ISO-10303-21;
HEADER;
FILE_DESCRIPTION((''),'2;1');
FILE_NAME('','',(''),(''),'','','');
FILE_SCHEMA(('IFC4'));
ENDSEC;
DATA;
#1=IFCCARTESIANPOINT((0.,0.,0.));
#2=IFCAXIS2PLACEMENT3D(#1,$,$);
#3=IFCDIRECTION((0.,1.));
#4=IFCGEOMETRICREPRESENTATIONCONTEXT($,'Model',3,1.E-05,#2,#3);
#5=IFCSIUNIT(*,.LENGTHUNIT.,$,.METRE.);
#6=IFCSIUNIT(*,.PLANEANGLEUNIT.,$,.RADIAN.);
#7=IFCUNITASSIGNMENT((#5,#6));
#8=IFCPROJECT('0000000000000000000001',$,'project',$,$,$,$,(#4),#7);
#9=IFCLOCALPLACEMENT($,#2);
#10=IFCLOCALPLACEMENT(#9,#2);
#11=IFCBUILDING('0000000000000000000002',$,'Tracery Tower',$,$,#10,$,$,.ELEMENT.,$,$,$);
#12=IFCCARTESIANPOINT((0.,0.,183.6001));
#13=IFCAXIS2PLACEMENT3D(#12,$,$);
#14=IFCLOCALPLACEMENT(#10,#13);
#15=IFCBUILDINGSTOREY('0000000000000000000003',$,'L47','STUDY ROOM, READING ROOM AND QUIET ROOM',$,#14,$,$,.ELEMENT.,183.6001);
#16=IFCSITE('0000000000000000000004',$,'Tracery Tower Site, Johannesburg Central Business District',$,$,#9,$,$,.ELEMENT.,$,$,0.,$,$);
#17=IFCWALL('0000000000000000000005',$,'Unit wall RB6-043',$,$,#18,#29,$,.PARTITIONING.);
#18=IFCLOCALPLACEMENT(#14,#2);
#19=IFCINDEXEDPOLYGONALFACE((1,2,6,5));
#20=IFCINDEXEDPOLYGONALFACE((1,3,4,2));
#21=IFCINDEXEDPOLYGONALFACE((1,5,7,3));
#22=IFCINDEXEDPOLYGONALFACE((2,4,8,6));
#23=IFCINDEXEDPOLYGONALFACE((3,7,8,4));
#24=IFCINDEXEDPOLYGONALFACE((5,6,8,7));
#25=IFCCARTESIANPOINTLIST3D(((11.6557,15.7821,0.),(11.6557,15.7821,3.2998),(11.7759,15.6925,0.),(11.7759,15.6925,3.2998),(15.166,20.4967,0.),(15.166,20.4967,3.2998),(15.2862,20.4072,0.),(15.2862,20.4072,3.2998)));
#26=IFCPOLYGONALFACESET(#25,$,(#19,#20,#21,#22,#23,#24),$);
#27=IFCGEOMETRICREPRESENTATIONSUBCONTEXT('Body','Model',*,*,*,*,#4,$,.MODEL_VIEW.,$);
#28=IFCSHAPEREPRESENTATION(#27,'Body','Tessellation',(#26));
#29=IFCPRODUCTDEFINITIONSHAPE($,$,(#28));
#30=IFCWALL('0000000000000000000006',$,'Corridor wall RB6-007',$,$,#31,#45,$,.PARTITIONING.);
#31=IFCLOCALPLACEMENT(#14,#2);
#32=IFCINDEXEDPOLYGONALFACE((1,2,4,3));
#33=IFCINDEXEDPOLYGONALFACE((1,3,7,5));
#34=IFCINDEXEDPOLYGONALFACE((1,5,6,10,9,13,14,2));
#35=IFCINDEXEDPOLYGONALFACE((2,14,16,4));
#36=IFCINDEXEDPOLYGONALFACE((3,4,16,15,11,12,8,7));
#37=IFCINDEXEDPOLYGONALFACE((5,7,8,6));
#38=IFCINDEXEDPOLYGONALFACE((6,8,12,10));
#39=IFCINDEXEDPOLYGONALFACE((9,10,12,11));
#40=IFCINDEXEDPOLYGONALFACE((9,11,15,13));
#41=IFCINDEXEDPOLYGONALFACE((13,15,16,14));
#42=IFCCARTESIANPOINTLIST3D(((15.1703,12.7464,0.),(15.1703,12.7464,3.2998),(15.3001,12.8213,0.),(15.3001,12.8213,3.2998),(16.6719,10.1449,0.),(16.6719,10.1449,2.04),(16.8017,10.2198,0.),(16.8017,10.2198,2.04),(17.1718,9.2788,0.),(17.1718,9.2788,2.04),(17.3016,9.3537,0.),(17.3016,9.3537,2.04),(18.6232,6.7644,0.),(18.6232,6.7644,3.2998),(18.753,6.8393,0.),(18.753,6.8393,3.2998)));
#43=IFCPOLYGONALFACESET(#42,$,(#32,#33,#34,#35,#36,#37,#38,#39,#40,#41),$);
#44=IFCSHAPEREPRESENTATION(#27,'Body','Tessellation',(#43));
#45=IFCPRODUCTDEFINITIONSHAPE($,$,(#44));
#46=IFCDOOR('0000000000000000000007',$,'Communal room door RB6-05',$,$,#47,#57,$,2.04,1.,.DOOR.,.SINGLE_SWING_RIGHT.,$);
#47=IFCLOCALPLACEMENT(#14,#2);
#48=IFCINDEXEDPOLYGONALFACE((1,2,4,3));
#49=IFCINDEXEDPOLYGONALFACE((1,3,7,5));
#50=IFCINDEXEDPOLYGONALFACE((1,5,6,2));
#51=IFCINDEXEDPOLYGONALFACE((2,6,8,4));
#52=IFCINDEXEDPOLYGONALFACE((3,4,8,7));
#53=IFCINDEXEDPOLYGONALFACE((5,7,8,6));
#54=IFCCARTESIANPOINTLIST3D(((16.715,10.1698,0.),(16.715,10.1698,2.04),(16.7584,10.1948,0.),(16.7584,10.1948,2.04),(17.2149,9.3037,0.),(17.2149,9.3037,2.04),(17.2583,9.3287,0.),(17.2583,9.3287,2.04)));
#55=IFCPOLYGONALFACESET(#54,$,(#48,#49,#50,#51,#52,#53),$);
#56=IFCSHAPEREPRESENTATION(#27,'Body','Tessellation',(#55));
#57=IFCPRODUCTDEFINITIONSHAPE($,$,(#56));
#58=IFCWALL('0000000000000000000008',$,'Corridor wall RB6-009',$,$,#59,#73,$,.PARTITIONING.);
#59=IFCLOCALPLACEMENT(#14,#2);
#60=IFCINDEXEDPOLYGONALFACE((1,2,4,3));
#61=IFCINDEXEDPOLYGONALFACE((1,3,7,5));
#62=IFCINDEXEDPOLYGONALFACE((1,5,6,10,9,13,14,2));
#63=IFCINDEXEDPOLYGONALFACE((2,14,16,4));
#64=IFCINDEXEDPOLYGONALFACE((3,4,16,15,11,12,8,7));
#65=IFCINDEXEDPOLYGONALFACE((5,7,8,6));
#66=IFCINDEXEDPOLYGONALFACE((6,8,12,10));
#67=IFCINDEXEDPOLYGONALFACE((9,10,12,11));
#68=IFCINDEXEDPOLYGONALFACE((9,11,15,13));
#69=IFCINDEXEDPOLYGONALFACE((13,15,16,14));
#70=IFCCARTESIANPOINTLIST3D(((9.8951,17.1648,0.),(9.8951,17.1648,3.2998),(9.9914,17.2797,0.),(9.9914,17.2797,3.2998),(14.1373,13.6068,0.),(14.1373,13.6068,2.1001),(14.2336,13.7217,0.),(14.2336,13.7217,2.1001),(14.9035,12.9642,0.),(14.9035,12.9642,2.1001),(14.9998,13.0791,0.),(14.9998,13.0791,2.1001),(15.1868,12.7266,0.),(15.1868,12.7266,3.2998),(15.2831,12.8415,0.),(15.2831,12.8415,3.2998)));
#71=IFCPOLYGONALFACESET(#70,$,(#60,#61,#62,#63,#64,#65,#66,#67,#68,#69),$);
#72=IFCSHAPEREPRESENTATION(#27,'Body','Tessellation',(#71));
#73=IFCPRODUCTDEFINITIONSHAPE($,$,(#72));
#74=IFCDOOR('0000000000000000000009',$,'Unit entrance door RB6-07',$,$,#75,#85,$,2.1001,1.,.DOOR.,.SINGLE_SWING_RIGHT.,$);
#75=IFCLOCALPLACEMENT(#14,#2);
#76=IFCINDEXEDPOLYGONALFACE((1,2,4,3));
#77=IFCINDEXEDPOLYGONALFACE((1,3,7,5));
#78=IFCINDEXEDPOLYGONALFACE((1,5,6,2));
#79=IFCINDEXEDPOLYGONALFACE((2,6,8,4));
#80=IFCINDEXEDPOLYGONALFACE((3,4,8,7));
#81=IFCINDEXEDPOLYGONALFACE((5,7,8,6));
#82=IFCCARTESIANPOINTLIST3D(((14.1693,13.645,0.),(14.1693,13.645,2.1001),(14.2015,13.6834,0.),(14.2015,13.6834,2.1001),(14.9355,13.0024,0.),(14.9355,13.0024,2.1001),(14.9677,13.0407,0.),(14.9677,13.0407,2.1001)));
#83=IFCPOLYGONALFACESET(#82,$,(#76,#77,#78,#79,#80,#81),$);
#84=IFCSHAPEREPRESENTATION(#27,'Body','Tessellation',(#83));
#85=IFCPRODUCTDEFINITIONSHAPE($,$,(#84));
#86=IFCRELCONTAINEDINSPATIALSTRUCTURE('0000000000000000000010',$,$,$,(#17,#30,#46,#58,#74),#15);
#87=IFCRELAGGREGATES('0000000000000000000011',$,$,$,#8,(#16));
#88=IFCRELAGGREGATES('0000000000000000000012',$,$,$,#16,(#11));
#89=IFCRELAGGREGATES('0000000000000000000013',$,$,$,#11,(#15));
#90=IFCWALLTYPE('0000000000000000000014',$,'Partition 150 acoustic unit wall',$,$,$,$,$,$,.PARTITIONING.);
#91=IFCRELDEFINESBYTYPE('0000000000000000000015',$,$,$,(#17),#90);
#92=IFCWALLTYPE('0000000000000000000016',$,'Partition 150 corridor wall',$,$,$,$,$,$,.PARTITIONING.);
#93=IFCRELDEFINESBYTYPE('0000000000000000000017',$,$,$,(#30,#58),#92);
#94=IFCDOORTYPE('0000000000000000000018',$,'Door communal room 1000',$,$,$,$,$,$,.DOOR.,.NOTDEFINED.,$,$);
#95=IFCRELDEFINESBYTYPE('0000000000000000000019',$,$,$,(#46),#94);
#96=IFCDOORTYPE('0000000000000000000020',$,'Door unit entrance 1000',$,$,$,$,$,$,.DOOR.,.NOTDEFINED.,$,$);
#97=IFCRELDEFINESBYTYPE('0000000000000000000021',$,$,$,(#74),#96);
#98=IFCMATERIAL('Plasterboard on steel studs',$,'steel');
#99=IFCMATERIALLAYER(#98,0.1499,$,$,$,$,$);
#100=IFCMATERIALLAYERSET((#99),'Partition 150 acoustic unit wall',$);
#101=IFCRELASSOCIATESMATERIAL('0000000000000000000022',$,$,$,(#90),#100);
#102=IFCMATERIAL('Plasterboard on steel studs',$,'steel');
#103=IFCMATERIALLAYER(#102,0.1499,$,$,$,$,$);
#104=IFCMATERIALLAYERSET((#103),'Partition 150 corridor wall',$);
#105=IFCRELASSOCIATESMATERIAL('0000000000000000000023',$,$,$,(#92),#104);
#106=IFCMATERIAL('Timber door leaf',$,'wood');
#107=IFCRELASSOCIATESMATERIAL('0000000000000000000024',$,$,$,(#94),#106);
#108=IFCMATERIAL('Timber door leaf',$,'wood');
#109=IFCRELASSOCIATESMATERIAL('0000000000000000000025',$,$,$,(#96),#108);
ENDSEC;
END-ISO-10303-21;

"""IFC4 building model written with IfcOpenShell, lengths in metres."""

from ifc_helpers import new_model, si_unit, direction, frame, frame_2d, origin, place, context, subcontext, project, spatial, rectangle, extrude, material, layer, layer_set, type_object, element, fill, save


model = new_model("IFC4")

# Units and contexts
model_context = context("Model", 3, precision=1e-05, world=origin(), true_north=direction((0.0, 1.0)))
body_context = subcontext(model_context, "Body", "Model", "MODEL_VIEW")
ifc_project = project(units=[si_unit("LENGTHUNIT", "METRE"), si_unit("PLANEANGLEUNIT", "RADIAN")], contexts=[model_context])

# Site, building, storey
site_placement = place(None, origin())
site = spatial("IfcSite", under=ifc_project, at=site_placement, Name="Tracery Tower Site, Johannesburg Central Business District", CompositionType="ELEMENT", RefElevation=0.0)
building_placement = place(site_placement, origin())
building = spatial("IfcBuilding", under=site, at=building_placement, Name="Tracery Tower", CompositionType="ELEMENT")
storey_placement = place(building_placement, frame((0.0, 0.0, 183.6001)))
storey = spatial("IfcBuildingStorey", under=building, at=storey_placement, Name="L47", Description="STUDY ROOM, READING ROOM AND QUIET ROOM", CompositionType="ELEMENT", Elevation=183.6001)

# Wall
ifc_material_1 = material(Name="Plasterboard on steel studs", Category="steel")
ifc_layer_1 = layer(ifc_material_1, 0.1499)
ifc_layer_set_1 = layer_set([ifc_layer_1], Name="Partition 150 acoustic unit wall")
wall_type_1 = type_object("IfcWallType", Name="Partition 150 acoustic unit wall", PredefinedType="PARTITIONING", material=ifc_layer_set_1)
wall_1_placement = place(storey_placement, frame((11.7158, 15.7373, 0.0), z_axis=(0.0, 0.0, 1.0), x_axis=(0.597198, 0.802093, 0.0)))
element("IfcWall", 1, at=wall_1_placement, inside=storey, type_object=wall_type_1, Name="Unit wall RB6-043", PredefinedType="PARTITIONING", context=body_context, shape_type="SweptSolid", body=[
    extrude(rectangle(XDim=5.8779, YDim=0.1499, at=frame_2d((2.939, 0.0))), origin(), (0.0, 0.0, 1.0), 3.2998),
])

# Walls, openings, doors
ifc_material_2 = material(Name="Plasterboard on steel studs", Category="steel")
ifc_layer_2 = layer(ifc_material_2, 0.1499)
ifc_layer_set_2 = layer_set([ifc_layer_2], Name="Partition 150 corridor wall")
wall_type_2 = type_object("IfcWallType", Name="Partition 150 corridor wall", PredefinedType="PARTITIONING", material=ifc_layer_set_2)
wall_2_placement = place(storey_placement, frame((15.2351, 12.7839, 0.0), z_axis=(0.0, 0.0, 1.0), x_axis=(0.499914, -0.866075, 0.0)))
wall_2 = element("IfcWall", 2, at=wall_2_placement, inside=storey, type_object=wall_type_2, Name="Corridor wall RB6-007", PredefinedType="PARTITIONING", context=body_context, shape_type="SweptSolid", body=[
    extrude(rectangle(XDim=6.907, YDim=0.1499, at=frame_2d((3.4536, 0.0))), origin(), (0.0, 0.0, 1.0), 3.2998),
])
opening_1_placement = place(wall_2_placement, frame((3.0039, 0.0, 0.0)))
opening_1 = element("IfcOpeningElement", 3, at=opening_1_placement, cuts=wall_2, PredefinedType="OPENING", context=body_context, shape_type="SweptSolid", body=[
    extrude(rectangle(XDim=1.0, YDim=2.04, at=frame_2d((0.5, 1.02))), frame((0.0, 0.075, 0.0), z_axis=(0.0, -1.0, 0.0), x_axis=(1.0, 0.0, 0.0)), (0.0, 0.0, 1.0), 0.1499),
])
ifc_material_3 = material(Name="Timber door leaf", Category="wood")
door_type_1 = type_object("IfcDoorType", Name="Door communal room 1000", OperationType="NOTDEFINED", PredefinedType="DOOR", material=ifc_material_3)
door_1_placement = place(opening_1_placement, origin())
door_1 = element("IfcDoor", 4, at=door_1_placement, inside=storey, type_object=door_type_1, Name="Communal room door RB6-05", OperationType="SINGLE_SWING_RIGHT", OverallHeight=2.04, OverallWidth=1.0, PredefinedType="DOOR", context=body_context, shape_type="SweptSolid", body=[
    extrude(rectangle(XDim=1.0, YDim=2.04, at=frame_2d((0.5, 1.02))), frame((0.0, 0.0249, 0.0), z_axis=(0.0, -1.0, 0.0), x_axis=(1.0, 0.0, 0.0)), (0.0, 0.0, 1.0), 0.05),
])
fill(opening_1, door_1)
wall_3_placement = place(storey_placement, frame((9.9434, 17.2222, 0.0), z_axis=(0.0, 0.0, 1.0), x_axis=(0.766192, -0.642612, 0.0)))
wall_3 = element("IfcWall", 5, at=wall_3_placement, inside=storey, type_object=wall_type_2, Name="Corridor wall RB6-009", PredefinedType="PARTITIONING", context=body_context, shape_type="SweptSolid", body=[
    extrude(rectangle(XDim=6.9065, YDim=0.1499, at=frame_2d((3.4531, 0.0))), origin(), (0.0, 0.0, 1.0), 3.2998),
])
opening_2_placement = place(wall_3_placement, frame((5.5366, 0.0, 0.0)))
opening_2 = element("IfcOpeningElement", 6, at=opening_2_placement, cuts=wall_3, PredefinedType="OPENING", context=body_context, shape_type="SweptSolid", body=[
    extrude(rectangle(XDim=1.0, YDim=2.1001, at=frame_2d((0.5, 1.05))), frame((0.0, 0.075, 0.0), z_axis=(0.0, -1.0, 0.0), x_axis=(1.0, 0.0, 0.0)), (0.0, 0.0, 1.0), 0.1499),
])
ifc_material_4 = material(Name="Timber door leaf", Category="wood")
door_type_2 = type_object("IfcDoorType", Name="Door unit entrance 1000", OperationType="NOTDEFINED", PredefinedType="DOOR", material=ifc_material_4)
door_2_placement = place(opening_2_placement, origin())
door_2 = element("IfcDoor", 7, at=door_2_placement, inside=storey, type_object=door_type_2, Name="Unit entrance door RB6-07", OperationType="SINGLE_SWING_RIGHT", OverallHeight=2.1001, OverallWidth=1.0, PredefinedType="DOOR", context=body_context, shape_type="SweptSolid", body=[
    extrude(rectangle(XDim=1.0, YDim=2.1001, at=frame_2d((0.5, 1.05))), frame((0.0, 0.0249, 0.0), z_axis=(0.0, -1.0, 0.0), x_axis=(1.0, 0.0, 0.0)), (0.0, 0.0, 1.0), 0.05),
])
fill(opening_2, door_2)

save(model, "model.ifc")
